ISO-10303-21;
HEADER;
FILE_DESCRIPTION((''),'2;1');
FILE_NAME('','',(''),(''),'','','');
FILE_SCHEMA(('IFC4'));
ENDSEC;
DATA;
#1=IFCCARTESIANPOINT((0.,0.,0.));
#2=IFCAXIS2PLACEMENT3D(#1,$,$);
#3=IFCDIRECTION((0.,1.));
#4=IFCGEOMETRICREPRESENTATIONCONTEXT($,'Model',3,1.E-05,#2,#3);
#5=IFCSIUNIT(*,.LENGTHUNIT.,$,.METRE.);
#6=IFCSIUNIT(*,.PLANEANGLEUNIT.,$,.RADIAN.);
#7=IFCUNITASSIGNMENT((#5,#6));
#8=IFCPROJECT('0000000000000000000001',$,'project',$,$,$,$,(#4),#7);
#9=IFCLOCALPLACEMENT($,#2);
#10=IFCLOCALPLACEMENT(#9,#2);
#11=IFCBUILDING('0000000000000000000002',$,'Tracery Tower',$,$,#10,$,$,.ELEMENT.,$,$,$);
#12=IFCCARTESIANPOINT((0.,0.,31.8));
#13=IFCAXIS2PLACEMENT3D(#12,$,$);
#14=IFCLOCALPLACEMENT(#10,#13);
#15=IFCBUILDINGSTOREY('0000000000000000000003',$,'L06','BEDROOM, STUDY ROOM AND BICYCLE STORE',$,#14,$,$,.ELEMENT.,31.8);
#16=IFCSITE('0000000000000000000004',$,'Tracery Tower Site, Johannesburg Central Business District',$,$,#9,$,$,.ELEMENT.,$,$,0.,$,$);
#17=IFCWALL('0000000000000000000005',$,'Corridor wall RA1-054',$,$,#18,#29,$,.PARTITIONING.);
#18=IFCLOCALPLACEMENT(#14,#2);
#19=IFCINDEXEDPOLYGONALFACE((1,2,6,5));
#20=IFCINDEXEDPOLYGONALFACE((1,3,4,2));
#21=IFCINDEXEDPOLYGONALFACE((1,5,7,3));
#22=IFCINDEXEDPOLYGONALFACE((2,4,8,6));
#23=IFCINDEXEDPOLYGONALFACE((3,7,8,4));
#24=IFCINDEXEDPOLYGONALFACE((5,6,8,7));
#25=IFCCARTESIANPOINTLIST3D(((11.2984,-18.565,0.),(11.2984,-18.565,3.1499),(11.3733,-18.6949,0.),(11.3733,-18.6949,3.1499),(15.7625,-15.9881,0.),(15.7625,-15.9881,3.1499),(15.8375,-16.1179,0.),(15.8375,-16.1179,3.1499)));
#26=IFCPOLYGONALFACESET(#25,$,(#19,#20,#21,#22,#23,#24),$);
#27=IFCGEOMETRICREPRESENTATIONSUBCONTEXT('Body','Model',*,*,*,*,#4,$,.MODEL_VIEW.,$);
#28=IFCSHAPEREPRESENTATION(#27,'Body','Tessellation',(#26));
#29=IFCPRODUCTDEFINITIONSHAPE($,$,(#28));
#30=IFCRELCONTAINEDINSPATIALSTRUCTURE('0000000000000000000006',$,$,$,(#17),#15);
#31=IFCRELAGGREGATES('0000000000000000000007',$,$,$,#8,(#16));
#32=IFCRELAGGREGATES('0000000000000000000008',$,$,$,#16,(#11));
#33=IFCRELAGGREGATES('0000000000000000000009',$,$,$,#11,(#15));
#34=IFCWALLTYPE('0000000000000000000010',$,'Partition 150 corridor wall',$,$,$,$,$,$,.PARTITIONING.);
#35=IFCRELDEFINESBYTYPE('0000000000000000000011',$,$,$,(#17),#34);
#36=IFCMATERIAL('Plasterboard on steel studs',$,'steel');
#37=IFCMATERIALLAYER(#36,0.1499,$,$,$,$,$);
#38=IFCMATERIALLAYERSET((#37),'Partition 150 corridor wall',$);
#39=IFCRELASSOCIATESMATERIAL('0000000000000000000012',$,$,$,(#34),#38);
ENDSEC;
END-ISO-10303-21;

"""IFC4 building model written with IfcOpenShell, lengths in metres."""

from ifc_helpers import new_model, si_unit, direction, frame, frame_2d, origin, place, context, subcontext, project, spatial, rectangle, extrude, material, layer, layer_set, type_object, element, save


model = new_model("IFC4")

# Units and contexts
model_context = context("Model", 3, precision=1e-05, world=origin(), true_north=direction((0.0, 1.0)))
body_context = subcontext(model_context, "Body", "Model", "MODEL_VIEW")
ifc_project = project(units=[si_unit("LENGTHUNIT", "METRE"), si_unit("PLANEANGLEUNIT", "RADIAN")], contexts=[model_context])

# Site, building, storey
site_placement = place(None, origin())
site = spatial("IfcSite", under=ifc_project, at=site_placement, Name="Tracery Tower Site, Johannesburg Central Business District", CompositionType="ELEMENT", RefElevation=0.0)
building_placement = place(site_placement, origin())
building = spatial("IfcBuilding", under=site, at=building_placement, Name="Tracery Tower", CompositionType="ELEMENT")
storey_placement = place(building_placement, frame((0.0, 0.0, 31.8)))
storey = spatial("IfcBuildingStorey", under=building, at=storey_placement, Name="L06", Description="BEDROOM, STUDY ROOM AND BICYCLE STORE", CompositionType="ELEMENT", Elevation=31.8)

# Shared definitions
ifc_material_1 = material(Name="Plasterboard on steel studs", Category="steel")
ifc_layer_1 = layer(ifc_material_1, 0.1499)
ifc_layer_set_1 = layer_set([ifc_layer_1], Name="Partition 150 corridor wall")
wall_type_1 = type_object("IfcWallType", Name="Partition 150 corridor wall", PredefinedType="PARTITIONING", material=ifc_layer_set_1)

# Wall
wall_1_placement = place(storey_placement, frame((11.3359, -18.6299, 0.0), z_axis=(0.0, 0.0, 1.0), x_axis=(0.866063, 0.499934, 0.0)))
element("IfcWall", 1, at=wall_1_placement, inside=storey, type_object=wall_type_1, Name="Corridor wall RA1-054", PredefinedType="PARTITIONING", context=body_context, shape_type="SweptSolid", body=[
    extrude(rectangle(XDim=5.1545, YDim=0.1499, at=frame_2d((2.5771, 0.0))), origin(), (0.0, 0.0, 1.0), 3.1499),
])

save(model, "model.ifc")
